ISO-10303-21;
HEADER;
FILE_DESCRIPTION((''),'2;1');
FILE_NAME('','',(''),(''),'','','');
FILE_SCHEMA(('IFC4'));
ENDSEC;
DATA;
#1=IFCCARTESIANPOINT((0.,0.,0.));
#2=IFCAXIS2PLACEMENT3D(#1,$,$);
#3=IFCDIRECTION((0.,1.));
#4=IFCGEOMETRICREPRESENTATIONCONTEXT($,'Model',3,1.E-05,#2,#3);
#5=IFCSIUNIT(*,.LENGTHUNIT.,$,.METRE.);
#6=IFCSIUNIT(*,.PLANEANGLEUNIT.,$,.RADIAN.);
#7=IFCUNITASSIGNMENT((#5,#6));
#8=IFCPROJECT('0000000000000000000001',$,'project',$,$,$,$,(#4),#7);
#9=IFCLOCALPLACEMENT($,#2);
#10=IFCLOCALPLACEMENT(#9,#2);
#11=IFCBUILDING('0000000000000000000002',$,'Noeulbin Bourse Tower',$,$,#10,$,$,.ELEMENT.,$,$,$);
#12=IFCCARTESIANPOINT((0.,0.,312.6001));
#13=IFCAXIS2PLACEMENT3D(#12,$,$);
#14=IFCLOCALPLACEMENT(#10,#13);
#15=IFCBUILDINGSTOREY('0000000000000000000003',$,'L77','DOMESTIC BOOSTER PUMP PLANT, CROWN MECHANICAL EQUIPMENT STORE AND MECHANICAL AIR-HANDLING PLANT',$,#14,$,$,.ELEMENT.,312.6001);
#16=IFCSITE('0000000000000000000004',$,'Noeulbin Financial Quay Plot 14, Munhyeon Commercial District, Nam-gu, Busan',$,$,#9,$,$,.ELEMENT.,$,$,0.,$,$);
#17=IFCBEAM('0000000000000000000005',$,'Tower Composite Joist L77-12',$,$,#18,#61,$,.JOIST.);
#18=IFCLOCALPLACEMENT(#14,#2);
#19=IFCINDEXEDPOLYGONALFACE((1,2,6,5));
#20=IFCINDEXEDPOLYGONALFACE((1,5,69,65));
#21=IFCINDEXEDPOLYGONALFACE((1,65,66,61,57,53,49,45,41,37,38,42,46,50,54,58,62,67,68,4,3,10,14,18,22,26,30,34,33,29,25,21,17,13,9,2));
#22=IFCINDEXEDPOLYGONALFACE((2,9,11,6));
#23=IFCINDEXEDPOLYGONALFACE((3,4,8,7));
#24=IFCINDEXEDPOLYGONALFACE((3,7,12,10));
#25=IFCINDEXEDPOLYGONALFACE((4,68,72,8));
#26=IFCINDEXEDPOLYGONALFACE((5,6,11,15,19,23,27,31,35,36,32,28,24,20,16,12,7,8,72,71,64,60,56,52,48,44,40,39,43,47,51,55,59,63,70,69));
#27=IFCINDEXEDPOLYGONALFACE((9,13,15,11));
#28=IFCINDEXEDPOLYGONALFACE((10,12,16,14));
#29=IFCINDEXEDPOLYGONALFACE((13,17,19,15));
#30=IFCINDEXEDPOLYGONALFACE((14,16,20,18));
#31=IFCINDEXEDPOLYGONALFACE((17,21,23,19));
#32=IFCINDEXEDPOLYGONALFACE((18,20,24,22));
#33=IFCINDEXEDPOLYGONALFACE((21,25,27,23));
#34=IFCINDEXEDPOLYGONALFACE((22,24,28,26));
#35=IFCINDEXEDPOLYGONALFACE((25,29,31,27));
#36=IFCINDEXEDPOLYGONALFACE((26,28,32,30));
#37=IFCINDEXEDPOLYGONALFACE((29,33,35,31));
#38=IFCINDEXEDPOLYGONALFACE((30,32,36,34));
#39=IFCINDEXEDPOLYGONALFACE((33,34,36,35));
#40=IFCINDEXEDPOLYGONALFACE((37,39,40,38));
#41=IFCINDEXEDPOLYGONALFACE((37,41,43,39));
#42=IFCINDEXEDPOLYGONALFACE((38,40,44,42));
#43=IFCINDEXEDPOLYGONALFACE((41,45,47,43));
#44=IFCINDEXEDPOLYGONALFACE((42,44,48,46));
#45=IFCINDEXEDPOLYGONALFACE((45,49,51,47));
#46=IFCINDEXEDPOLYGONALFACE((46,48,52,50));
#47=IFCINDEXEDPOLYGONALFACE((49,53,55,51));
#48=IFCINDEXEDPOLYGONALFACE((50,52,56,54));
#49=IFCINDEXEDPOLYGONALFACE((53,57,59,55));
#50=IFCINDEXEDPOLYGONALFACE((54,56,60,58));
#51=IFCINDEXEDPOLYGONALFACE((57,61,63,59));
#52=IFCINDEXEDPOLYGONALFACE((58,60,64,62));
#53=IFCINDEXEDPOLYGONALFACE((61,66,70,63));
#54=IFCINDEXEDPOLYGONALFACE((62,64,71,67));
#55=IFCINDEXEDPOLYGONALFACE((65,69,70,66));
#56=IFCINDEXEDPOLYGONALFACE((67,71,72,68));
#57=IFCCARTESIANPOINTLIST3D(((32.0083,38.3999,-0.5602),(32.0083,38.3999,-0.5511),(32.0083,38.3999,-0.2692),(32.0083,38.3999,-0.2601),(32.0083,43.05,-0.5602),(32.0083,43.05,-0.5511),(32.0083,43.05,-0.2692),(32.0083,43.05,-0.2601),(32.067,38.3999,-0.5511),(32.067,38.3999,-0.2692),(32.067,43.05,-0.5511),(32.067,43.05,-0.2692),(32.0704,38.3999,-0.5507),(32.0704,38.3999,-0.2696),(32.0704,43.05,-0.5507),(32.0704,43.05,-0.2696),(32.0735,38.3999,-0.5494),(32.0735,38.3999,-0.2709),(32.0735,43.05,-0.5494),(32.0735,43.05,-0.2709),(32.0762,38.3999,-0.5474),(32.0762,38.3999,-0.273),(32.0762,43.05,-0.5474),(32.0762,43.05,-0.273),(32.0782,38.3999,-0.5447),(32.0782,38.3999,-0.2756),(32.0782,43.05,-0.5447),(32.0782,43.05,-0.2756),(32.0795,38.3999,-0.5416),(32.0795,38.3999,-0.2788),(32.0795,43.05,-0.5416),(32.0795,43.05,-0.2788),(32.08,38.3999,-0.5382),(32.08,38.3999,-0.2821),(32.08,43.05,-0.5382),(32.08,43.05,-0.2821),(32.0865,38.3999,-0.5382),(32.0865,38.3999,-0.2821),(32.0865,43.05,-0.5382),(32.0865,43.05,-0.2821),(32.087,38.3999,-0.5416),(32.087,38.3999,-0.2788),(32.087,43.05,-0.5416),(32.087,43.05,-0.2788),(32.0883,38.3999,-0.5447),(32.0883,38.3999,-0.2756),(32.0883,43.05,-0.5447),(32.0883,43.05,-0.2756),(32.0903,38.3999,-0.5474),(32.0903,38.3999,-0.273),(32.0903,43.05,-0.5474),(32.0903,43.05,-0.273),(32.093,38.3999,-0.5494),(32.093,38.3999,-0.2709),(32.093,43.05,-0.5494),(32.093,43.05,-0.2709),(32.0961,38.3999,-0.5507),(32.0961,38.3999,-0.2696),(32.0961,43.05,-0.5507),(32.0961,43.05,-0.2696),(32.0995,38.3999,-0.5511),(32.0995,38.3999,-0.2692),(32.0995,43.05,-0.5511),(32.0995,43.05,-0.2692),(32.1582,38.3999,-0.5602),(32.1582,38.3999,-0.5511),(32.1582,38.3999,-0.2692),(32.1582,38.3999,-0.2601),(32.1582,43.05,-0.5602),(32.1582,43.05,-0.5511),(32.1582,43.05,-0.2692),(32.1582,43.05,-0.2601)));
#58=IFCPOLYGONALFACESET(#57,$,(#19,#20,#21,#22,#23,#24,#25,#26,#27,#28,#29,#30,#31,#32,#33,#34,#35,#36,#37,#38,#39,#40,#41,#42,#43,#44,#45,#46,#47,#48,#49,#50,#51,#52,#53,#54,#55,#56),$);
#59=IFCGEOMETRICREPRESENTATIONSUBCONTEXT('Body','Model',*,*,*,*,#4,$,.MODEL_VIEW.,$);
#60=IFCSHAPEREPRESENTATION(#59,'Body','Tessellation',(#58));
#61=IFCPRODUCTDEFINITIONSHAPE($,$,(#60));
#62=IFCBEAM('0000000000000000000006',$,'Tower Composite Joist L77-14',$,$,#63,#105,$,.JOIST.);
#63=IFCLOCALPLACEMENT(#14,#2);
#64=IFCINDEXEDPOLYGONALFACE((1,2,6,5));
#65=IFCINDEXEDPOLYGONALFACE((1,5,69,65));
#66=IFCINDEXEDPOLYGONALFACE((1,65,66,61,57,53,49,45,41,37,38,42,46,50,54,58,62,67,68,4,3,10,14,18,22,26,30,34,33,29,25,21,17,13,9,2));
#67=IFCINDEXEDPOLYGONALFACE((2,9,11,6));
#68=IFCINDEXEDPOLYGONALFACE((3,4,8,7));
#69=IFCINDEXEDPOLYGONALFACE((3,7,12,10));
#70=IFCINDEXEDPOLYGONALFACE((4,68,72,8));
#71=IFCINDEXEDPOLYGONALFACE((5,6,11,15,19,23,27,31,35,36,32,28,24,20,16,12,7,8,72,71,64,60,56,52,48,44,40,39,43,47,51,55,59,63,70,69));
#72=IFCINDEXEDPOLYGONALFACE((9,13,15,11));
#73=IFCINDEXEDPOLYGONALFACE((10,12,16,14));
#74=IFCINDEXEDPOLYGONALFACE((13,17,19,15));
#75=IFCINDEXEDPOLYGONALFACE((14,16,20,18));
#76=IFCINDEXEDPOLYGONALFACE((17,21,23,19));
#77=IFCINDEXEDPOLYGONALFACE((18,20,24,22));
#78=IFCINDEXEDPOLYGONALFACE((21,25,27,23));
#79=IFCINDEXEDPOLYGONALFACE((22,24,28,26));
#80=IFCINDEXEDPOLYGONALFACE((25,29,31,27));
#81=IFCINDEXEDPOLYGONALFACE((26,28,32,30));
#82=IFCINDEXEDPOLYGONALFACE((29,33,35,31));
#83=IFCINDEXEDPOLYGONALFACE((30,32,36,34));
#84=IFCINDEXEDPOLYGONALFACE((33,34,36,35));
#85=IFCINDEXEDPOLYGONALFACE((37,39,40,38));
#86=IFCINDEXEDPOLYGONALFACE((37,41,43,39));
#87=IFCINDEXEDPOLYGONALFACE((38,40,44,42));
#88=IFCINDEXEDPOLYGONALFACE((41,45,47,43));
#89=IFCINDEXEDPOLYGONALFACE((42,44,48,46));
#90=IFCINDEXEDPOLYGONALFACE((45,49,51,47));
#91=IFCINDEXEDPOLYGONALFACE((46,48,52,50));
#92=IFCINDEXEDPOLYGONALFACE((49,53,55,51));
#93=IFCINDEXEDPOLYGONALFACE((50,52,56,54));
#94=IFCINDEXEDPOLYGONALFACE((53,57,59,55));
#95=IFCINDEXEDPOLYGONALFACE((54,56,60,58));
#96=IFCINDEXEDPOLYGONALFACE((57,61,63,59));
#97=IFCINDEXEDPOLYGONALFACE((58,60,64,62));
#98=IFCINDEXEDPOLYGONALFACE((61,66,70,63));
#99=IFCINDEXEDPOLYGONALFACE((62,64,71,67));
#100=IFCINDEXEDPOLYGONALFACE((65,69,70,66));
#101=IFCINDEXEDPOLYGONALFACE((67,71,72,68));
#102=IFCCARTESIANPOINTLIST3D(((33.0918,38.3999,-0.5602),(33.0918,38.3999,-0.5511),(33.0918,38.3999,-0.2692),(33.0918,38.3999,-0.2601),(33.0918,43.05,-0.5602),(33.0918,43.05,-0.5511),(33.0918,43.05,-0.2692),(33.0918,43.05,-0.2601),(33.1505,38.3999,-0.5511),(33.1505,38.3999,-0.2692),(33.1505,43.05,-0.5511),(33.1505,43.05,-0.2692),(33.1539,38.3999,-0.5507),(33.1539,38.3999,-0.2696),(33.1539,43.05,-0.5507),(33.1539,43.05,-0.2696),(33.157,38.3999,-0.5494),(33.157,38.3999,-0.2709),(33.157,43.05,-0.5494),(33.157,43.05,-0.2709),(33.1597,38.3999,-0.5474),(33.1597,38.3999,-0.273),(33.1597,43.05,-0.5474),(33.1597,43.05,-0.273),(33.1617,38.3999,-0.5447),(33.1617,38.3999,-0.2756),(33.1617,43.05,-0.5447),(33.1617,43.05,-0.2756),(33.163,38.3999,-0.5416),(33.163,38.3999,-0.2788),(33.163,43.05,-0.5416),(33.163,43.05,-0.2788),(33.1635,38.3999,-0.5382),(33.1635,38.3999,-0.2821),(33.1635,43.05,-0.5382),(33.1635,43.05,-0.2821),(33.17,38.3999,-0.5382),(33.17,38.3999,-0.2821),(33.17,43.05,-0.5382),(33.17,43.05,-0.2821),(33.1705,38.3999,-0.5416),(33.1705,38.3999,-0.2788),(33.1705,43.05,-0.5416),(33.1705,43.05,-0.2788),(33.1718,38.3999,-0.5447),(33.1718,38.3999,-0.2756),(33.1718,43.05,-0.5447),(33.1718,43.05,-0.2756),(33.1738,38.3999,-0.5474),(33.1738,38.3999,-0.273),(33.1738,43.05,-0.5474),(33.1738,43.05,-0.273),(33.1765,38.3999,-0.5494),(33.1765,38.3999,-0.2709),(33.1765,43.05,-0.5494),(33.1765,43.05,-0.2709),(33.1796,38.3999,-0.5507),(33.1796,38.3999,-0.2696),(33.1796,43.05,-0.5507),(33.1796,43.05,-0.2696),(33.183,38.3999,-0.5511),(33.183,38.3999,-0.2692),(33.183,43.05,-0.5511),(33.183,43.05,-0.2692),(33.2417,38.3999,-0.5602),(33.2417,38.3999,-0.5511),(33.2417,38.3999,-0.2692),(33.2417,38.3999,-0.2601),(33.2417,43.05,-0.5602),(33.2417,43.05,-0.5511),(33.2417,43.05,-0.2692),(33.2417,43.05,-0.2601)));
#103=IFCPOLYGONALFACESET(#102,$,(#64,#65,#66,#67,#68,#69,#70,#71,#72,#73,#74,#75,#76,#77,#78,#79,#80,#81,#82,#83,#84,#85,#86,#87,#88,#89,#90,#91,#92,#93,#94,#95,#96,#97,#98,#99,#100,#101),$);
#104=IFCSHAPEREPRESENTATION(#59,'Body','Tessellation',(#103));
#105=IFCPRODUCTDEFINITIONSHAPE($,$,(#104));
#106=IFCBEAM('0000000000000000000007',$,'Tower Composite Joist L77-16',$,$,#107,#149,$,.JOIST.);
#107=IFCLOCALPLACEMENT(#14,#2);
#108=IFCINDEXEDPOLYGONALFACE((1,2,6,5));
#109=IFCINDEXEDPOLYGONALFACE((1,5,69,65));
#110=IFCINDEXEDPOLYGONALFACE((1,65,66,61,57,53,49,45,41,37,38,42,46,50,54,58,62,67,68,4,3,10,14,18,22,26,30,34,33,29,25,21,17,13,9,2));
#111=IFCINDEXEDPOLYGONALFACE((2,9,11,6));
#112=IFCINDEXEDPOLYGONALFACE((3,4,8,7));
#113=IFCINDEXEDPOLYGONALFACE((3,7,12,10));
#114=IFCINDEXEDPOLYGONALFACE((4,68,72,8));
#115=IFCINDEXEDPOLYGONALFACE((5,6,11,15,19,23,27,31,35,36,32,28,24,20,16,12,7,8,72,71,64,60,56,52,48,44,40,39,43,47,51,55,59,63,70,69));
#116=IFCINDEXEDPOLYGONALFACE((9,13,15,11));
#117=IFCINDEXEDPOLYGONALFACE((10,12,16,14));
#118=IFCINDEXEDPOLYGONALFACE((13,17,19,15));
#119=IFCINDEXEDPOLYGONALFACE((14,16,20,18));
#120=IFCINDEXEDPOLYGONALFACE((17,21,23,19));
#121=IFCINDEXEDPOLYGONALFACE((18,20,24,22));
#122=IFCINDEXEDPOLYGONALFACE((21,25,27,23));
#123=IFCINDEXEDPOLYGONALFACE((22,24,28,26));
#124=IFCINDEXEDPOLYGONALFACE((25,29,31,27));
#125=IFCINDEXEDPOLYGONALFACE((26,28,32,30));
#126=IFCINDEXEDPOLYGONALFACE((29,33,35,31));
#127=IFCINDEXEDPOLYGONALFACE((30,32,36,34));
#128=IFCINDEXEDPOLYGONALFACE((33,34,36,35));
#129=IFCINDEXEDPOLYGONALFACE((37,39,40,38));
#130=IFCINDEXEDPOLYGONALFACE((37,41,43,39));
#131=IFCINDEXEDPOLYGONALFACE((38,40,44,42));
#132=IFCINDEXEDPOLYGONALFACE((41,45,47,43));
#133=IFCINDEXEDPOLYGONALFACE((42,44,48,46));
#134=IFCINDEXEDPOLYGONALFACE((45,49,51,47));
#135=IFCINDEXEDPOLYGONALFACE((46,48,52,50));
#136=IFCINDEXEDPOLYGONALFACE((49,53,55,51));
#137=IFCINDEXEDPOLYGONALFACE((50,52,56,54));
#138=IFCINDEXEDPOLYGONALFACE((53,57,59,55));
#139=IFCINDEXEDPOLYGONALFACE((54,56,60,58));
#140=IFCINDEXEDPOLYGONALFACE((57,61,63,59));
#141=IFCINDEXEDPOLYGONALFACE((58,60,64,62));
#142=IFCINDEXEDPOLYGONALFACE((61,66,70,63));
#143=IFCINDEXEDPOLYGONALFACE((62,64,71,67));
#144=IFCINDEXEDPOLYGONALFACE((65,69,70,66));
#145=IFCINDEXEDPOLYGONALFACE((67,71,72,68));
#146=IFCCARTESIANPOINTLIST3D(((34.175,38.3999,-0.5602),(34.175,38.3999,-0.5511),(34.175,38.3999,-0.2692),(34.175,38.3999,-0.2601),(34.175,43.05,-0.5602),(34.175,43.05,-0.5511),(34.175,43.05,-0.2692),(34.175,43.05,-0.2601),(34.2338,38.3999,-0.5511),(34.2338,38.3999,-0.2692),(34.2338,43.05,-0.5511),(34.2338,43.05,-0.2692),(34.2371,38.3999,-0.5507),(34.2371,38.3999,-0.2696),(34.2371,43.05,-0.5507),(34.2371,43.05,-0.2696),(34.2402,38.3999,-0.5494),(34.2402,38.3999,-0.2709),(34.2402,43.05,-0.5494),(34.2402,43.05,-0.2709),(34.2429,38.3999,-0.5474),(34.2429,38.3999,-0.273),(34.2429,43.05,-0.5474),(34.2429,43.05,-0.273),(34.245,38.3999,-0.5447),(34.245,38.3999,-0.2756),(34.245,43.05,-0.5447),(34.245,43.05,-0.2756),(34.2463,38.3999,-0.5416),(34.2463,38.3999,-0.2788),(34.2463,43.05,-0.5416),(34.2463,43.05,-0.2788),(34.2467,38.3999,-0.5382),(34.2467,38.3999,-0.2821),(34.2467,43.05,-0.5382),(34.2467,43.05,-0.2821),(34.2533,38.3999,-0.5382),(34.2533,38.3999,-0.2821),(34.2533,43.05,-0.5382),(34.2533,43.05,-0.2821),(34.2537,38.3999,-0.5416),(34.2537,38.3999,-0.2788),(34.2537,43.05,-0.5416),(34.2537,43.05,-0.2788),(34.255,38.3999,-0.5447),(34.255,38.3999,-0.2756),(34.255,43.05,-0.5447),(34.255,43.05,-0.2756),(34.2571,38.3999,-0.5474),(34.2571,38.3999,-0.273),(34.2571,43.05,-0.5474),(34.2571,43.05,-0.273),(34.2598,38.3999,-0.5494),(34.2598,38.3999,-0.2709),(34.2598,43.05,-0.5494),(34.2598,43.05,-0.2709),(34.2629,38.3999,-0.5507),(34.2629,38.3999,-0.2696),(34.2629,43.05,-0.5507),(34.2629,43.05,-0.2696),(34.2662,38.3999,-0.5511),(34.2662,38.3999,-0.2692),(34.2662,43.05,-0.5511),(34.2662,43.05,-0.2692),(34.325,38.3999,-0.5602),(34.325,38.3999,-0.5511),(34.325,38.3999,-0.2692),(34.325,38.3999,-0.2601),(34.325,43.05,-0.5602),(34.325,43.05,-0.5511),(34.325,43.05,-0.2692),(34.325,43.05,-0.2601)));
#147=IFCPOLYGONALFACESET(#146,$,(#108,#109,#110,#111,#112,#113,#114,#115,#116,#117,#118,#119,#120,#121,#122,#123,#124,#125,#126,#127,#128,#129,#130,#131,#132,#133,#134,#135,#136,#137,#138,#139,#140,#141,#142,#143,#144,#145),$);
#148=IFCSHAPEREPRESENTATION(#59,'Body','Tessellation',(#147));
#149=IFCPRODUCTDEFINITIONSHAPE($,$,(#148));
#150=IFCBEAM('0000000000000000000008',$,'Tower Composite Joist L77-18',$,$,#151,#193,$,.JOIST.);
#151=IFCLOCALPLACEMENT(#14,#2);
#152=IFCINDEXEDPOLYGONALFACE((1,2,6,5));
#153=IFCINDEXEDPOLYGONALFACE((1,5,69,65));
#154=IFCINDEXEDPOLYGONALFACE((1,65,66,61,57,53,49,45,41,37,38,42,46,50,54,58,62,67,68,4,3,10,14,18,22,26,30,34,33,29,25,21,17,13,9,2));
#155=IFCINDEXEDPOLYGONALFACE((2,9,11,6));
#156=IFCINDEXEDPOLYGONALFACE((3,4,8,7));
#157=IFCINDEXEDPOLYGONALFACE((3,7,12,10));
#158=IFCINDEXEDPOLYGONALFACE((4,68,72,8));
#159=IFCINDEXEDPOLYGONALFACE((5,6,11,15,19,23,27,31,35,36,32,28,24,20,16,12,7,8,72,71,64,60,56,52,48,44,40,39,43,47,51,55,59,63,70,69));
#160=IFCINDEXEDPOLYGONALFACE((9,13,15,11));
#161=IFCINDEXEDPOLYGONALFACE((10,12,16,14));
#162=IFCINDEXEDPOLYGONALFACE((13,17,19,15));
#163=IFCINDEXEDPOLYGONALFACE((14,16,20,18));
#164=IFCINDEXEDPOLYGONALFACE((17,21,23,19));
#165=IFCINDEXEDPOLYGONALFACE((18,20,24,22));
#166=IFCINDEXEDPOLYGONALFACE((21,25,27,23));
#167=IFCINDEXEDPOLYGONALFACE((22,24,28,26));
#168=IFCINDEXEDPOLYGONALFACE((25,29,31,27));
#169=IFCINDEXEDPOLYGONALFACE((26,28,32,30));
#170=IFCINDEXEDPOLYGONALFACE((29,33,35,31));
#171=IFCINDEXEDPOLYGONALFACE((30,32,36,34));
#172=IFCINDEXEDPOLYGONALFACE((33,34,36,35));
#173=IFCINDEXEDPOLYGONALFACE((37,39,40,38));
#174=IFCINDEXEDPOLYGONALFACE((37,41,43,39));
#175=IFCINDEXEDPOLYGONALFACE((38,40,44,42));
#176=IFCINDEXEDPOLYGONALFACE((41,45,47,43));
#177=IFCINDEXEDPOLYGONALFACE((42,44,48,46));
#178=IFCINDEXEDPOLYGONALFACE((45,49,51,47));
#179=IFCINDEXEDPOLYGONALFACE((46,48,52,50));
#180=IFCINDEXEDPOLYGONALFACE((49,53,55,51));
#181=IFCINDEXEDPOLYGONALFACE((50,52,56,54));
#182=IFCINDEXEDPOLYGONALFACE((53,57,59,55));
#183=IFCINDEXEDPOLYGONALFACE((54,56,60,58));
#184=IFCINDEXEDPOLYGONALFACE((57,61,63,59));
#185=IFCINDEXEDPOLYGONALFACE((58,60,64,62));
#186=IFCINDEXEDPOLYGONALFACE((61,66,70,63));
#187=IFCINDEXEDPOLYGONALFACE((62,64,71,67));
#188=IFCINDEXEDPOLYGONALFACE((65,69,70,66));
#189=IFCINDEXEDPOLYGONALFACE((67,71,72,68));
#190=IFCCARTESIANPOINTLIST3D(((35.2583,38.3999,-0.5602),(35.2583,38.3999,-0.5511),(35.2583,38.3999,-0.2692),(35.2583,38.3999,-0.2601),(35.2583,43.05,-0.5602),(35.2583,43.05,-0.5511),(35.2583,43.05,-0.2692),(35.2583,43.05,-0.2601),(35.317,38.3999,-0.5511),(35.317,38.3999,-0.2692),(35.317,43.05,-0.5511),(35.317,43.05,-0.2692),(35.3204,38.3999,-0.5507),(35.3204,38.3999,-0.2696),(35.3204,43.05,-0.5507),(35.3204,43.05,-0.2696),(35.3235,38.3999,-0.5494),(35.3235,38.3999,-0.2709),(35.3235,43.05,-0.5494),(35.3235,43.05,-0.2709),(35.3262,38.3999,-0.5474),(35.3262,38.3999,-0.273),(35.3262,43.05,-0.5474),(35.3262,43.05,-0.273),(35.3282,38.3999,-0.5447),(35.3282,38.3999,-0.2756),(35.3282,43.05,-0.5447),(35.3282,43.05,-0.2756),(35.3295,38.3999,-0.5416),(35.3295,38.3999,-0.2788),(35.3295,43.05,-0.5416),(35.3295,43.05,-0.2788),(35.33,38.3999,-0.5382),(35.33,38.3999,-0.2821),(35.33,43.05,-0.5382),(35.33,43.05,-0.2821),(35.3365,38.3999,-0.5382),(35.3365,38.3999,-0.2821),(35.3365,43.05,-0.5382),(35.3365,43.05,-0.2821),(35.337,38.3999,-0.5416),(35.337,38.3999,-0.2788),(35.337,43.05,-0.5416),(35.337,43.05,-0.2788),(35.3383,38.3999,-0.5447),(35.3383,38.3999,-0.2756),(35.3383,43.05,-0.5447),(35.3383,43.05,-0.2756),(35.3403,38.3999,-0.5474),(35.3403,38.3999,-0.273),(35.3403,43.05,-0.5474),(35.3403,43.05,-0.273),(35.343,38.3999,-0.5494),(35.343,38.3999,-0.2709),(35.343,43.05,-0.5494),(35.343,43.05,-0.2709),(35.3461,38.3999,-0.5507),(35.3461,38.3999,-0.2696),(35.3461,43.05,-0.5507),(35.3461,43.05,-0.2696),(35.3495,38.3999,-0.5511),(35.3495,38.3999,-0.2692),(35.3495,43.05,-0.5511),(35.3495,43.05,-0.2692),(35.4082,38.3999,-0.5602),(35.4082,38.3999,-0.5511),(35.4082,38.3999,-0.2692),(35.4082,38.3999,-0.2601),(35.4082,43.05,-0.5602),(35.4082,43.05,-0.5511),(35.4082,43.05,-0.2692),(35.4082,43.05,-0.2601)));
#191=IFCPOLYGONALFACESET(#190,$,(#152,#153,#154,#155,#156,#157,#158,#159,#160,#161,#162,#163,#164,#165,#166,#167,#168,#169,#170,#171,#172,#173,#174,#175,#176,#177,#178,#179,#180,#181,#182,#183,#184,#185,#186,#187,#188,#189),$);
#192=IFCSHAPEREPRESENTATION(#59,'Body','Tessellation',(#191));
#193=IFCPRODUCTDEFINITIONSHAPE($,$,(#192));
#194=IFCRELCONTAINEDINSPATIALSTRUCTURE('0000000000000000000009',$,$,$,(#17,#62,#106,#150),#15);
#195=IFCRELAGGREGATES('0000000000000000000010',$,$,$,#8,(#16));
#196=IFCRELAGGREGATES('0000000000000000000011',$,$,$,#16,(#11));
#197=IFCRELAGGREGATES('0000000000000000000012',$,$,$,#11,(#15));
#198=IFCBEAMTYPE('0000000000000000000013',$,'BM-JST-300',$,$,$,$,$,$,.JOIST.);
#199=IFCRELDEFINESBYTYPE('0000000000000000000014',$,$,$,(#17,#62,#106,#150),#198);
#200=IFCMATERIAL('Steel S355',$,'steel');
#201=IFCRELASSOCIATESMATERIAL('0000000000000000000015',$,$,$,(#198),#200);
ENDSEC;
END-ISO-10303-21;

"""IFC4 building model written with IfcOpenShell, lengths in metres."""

from ifc_helpers import new_model, si_unit, direction, frame, origin, origin_2d, place, context, subcontext, project, spatial, i_section, extrude, material, material_profile, profile_set, type_object, element, save


model = new_model("IFC4")

# Units and contexts
model_context = context("Model", 3, precision=1e-05, world=origin(), true_north=direction((0.0, 1.0)))
body_context = subcontext(model_context, "Body", "Model", "MODEL_VIEW")
ifc_project = project(units=[si_unit("LENGTHUNIT", "METRE"), si_unit("PLANEANGLEUNIT", "RADIAN")], contexts=[model_context])

# Site, building, storey
site_placement = place(None, origin())
site = spatial("IfcSite", under=ifc_project, at=site_placement, Name="Noeulbin Financial Quay Plot 14, Munhyeon Commercial District, Nam-gu, Busan", CompositionType="ELEMENT", RefElevation=0.0)
building_placement = place(site_placement, origin())
building = spatial("IfcBuilding", under=site, at=building_placement, Name="Noeulbin Bourse Tower", CompositionType="ELEMENT")
storey_placement = place(building_placement, frame((0.0, 0.0, 312.6001)))
storey = spatial("IfcBuildingStorey", under=building, at=storey_placement, Name="L77", Description="DOMESTIC BOOSTER PUMP PLANT, CROWN MECHANICAL EQUIPMENT STORE AND MECHANICAL AIR-HANDLING PLANT", CompositionType="ELEMENT", Elevation=312.6001)

# Shared definitions
ifc_material_1 = material(Name="Steel S355", Category="steel")

# Beams
ifc_material_profile_1 = material_profile(ifc_material_1, i_section(OverallWidth=0.1499, OverallDepth=0.3, WebThickness=0.0066, FlangeThickness=0.009, FilletRadius=0.0129, at=origin_2d()), Name="H-300x150x6.5x9", Category="LoadBearing")
ifc_profile_set_1 = profile_set([ifc_material_profile_1], Name="Steel S355")
beam_type_1 = type_object("IfcBeamType", Name="BM-JST-300", PredefinedType="JOIST", material=ifc_profile_set_1)
for number, where, z_axis, x_axis, name in (
    (1, (32.0833, 38.3999, -0.4102), (0.0, 1.0, 0.0), (-1.0, 0.0, 0.0), "Tower Composite Joist L77-12"),
    (2, (33.1667, 38.3999, -0.4102), (0.0, 1.0, 0.0), (-1.0, 0.0, 0.0), "Tower Composite Joist L77-14"),
    (3, (34.25, 38.3999, -0.4102), (0.0, 1.0, 0.0), (-1.0, 0.0, 0.0), "Tower Composite Joist L77-16"),
    (4, (35.3333, 38.3999, -0.4102), (0.0, 1.0, 0.0), (-1.0, 0.0, 0.0), "Tower Composite Joist L77-18"),
):
    element("IfcBeam", number, at=place(storey_placement, frame(where, z_axis=z_axis, x_axis=x_axis)), inside=storey, type_object=beam_type_1, Name=name, PredefinedType="JOIST", context=body_context, shape_type="SweptSolid", body=[
        extrude(i_section(OverallWidth=0.1499, OverallDepth=0.3, WebThickness=0.0066, FlangeThickness=0.009, FilletRadius=0.0129, at=origin_2d()), origin(), (0.0, 0.0, 1.0), 4.6501),
    ])

save(model, "model.ifc")
